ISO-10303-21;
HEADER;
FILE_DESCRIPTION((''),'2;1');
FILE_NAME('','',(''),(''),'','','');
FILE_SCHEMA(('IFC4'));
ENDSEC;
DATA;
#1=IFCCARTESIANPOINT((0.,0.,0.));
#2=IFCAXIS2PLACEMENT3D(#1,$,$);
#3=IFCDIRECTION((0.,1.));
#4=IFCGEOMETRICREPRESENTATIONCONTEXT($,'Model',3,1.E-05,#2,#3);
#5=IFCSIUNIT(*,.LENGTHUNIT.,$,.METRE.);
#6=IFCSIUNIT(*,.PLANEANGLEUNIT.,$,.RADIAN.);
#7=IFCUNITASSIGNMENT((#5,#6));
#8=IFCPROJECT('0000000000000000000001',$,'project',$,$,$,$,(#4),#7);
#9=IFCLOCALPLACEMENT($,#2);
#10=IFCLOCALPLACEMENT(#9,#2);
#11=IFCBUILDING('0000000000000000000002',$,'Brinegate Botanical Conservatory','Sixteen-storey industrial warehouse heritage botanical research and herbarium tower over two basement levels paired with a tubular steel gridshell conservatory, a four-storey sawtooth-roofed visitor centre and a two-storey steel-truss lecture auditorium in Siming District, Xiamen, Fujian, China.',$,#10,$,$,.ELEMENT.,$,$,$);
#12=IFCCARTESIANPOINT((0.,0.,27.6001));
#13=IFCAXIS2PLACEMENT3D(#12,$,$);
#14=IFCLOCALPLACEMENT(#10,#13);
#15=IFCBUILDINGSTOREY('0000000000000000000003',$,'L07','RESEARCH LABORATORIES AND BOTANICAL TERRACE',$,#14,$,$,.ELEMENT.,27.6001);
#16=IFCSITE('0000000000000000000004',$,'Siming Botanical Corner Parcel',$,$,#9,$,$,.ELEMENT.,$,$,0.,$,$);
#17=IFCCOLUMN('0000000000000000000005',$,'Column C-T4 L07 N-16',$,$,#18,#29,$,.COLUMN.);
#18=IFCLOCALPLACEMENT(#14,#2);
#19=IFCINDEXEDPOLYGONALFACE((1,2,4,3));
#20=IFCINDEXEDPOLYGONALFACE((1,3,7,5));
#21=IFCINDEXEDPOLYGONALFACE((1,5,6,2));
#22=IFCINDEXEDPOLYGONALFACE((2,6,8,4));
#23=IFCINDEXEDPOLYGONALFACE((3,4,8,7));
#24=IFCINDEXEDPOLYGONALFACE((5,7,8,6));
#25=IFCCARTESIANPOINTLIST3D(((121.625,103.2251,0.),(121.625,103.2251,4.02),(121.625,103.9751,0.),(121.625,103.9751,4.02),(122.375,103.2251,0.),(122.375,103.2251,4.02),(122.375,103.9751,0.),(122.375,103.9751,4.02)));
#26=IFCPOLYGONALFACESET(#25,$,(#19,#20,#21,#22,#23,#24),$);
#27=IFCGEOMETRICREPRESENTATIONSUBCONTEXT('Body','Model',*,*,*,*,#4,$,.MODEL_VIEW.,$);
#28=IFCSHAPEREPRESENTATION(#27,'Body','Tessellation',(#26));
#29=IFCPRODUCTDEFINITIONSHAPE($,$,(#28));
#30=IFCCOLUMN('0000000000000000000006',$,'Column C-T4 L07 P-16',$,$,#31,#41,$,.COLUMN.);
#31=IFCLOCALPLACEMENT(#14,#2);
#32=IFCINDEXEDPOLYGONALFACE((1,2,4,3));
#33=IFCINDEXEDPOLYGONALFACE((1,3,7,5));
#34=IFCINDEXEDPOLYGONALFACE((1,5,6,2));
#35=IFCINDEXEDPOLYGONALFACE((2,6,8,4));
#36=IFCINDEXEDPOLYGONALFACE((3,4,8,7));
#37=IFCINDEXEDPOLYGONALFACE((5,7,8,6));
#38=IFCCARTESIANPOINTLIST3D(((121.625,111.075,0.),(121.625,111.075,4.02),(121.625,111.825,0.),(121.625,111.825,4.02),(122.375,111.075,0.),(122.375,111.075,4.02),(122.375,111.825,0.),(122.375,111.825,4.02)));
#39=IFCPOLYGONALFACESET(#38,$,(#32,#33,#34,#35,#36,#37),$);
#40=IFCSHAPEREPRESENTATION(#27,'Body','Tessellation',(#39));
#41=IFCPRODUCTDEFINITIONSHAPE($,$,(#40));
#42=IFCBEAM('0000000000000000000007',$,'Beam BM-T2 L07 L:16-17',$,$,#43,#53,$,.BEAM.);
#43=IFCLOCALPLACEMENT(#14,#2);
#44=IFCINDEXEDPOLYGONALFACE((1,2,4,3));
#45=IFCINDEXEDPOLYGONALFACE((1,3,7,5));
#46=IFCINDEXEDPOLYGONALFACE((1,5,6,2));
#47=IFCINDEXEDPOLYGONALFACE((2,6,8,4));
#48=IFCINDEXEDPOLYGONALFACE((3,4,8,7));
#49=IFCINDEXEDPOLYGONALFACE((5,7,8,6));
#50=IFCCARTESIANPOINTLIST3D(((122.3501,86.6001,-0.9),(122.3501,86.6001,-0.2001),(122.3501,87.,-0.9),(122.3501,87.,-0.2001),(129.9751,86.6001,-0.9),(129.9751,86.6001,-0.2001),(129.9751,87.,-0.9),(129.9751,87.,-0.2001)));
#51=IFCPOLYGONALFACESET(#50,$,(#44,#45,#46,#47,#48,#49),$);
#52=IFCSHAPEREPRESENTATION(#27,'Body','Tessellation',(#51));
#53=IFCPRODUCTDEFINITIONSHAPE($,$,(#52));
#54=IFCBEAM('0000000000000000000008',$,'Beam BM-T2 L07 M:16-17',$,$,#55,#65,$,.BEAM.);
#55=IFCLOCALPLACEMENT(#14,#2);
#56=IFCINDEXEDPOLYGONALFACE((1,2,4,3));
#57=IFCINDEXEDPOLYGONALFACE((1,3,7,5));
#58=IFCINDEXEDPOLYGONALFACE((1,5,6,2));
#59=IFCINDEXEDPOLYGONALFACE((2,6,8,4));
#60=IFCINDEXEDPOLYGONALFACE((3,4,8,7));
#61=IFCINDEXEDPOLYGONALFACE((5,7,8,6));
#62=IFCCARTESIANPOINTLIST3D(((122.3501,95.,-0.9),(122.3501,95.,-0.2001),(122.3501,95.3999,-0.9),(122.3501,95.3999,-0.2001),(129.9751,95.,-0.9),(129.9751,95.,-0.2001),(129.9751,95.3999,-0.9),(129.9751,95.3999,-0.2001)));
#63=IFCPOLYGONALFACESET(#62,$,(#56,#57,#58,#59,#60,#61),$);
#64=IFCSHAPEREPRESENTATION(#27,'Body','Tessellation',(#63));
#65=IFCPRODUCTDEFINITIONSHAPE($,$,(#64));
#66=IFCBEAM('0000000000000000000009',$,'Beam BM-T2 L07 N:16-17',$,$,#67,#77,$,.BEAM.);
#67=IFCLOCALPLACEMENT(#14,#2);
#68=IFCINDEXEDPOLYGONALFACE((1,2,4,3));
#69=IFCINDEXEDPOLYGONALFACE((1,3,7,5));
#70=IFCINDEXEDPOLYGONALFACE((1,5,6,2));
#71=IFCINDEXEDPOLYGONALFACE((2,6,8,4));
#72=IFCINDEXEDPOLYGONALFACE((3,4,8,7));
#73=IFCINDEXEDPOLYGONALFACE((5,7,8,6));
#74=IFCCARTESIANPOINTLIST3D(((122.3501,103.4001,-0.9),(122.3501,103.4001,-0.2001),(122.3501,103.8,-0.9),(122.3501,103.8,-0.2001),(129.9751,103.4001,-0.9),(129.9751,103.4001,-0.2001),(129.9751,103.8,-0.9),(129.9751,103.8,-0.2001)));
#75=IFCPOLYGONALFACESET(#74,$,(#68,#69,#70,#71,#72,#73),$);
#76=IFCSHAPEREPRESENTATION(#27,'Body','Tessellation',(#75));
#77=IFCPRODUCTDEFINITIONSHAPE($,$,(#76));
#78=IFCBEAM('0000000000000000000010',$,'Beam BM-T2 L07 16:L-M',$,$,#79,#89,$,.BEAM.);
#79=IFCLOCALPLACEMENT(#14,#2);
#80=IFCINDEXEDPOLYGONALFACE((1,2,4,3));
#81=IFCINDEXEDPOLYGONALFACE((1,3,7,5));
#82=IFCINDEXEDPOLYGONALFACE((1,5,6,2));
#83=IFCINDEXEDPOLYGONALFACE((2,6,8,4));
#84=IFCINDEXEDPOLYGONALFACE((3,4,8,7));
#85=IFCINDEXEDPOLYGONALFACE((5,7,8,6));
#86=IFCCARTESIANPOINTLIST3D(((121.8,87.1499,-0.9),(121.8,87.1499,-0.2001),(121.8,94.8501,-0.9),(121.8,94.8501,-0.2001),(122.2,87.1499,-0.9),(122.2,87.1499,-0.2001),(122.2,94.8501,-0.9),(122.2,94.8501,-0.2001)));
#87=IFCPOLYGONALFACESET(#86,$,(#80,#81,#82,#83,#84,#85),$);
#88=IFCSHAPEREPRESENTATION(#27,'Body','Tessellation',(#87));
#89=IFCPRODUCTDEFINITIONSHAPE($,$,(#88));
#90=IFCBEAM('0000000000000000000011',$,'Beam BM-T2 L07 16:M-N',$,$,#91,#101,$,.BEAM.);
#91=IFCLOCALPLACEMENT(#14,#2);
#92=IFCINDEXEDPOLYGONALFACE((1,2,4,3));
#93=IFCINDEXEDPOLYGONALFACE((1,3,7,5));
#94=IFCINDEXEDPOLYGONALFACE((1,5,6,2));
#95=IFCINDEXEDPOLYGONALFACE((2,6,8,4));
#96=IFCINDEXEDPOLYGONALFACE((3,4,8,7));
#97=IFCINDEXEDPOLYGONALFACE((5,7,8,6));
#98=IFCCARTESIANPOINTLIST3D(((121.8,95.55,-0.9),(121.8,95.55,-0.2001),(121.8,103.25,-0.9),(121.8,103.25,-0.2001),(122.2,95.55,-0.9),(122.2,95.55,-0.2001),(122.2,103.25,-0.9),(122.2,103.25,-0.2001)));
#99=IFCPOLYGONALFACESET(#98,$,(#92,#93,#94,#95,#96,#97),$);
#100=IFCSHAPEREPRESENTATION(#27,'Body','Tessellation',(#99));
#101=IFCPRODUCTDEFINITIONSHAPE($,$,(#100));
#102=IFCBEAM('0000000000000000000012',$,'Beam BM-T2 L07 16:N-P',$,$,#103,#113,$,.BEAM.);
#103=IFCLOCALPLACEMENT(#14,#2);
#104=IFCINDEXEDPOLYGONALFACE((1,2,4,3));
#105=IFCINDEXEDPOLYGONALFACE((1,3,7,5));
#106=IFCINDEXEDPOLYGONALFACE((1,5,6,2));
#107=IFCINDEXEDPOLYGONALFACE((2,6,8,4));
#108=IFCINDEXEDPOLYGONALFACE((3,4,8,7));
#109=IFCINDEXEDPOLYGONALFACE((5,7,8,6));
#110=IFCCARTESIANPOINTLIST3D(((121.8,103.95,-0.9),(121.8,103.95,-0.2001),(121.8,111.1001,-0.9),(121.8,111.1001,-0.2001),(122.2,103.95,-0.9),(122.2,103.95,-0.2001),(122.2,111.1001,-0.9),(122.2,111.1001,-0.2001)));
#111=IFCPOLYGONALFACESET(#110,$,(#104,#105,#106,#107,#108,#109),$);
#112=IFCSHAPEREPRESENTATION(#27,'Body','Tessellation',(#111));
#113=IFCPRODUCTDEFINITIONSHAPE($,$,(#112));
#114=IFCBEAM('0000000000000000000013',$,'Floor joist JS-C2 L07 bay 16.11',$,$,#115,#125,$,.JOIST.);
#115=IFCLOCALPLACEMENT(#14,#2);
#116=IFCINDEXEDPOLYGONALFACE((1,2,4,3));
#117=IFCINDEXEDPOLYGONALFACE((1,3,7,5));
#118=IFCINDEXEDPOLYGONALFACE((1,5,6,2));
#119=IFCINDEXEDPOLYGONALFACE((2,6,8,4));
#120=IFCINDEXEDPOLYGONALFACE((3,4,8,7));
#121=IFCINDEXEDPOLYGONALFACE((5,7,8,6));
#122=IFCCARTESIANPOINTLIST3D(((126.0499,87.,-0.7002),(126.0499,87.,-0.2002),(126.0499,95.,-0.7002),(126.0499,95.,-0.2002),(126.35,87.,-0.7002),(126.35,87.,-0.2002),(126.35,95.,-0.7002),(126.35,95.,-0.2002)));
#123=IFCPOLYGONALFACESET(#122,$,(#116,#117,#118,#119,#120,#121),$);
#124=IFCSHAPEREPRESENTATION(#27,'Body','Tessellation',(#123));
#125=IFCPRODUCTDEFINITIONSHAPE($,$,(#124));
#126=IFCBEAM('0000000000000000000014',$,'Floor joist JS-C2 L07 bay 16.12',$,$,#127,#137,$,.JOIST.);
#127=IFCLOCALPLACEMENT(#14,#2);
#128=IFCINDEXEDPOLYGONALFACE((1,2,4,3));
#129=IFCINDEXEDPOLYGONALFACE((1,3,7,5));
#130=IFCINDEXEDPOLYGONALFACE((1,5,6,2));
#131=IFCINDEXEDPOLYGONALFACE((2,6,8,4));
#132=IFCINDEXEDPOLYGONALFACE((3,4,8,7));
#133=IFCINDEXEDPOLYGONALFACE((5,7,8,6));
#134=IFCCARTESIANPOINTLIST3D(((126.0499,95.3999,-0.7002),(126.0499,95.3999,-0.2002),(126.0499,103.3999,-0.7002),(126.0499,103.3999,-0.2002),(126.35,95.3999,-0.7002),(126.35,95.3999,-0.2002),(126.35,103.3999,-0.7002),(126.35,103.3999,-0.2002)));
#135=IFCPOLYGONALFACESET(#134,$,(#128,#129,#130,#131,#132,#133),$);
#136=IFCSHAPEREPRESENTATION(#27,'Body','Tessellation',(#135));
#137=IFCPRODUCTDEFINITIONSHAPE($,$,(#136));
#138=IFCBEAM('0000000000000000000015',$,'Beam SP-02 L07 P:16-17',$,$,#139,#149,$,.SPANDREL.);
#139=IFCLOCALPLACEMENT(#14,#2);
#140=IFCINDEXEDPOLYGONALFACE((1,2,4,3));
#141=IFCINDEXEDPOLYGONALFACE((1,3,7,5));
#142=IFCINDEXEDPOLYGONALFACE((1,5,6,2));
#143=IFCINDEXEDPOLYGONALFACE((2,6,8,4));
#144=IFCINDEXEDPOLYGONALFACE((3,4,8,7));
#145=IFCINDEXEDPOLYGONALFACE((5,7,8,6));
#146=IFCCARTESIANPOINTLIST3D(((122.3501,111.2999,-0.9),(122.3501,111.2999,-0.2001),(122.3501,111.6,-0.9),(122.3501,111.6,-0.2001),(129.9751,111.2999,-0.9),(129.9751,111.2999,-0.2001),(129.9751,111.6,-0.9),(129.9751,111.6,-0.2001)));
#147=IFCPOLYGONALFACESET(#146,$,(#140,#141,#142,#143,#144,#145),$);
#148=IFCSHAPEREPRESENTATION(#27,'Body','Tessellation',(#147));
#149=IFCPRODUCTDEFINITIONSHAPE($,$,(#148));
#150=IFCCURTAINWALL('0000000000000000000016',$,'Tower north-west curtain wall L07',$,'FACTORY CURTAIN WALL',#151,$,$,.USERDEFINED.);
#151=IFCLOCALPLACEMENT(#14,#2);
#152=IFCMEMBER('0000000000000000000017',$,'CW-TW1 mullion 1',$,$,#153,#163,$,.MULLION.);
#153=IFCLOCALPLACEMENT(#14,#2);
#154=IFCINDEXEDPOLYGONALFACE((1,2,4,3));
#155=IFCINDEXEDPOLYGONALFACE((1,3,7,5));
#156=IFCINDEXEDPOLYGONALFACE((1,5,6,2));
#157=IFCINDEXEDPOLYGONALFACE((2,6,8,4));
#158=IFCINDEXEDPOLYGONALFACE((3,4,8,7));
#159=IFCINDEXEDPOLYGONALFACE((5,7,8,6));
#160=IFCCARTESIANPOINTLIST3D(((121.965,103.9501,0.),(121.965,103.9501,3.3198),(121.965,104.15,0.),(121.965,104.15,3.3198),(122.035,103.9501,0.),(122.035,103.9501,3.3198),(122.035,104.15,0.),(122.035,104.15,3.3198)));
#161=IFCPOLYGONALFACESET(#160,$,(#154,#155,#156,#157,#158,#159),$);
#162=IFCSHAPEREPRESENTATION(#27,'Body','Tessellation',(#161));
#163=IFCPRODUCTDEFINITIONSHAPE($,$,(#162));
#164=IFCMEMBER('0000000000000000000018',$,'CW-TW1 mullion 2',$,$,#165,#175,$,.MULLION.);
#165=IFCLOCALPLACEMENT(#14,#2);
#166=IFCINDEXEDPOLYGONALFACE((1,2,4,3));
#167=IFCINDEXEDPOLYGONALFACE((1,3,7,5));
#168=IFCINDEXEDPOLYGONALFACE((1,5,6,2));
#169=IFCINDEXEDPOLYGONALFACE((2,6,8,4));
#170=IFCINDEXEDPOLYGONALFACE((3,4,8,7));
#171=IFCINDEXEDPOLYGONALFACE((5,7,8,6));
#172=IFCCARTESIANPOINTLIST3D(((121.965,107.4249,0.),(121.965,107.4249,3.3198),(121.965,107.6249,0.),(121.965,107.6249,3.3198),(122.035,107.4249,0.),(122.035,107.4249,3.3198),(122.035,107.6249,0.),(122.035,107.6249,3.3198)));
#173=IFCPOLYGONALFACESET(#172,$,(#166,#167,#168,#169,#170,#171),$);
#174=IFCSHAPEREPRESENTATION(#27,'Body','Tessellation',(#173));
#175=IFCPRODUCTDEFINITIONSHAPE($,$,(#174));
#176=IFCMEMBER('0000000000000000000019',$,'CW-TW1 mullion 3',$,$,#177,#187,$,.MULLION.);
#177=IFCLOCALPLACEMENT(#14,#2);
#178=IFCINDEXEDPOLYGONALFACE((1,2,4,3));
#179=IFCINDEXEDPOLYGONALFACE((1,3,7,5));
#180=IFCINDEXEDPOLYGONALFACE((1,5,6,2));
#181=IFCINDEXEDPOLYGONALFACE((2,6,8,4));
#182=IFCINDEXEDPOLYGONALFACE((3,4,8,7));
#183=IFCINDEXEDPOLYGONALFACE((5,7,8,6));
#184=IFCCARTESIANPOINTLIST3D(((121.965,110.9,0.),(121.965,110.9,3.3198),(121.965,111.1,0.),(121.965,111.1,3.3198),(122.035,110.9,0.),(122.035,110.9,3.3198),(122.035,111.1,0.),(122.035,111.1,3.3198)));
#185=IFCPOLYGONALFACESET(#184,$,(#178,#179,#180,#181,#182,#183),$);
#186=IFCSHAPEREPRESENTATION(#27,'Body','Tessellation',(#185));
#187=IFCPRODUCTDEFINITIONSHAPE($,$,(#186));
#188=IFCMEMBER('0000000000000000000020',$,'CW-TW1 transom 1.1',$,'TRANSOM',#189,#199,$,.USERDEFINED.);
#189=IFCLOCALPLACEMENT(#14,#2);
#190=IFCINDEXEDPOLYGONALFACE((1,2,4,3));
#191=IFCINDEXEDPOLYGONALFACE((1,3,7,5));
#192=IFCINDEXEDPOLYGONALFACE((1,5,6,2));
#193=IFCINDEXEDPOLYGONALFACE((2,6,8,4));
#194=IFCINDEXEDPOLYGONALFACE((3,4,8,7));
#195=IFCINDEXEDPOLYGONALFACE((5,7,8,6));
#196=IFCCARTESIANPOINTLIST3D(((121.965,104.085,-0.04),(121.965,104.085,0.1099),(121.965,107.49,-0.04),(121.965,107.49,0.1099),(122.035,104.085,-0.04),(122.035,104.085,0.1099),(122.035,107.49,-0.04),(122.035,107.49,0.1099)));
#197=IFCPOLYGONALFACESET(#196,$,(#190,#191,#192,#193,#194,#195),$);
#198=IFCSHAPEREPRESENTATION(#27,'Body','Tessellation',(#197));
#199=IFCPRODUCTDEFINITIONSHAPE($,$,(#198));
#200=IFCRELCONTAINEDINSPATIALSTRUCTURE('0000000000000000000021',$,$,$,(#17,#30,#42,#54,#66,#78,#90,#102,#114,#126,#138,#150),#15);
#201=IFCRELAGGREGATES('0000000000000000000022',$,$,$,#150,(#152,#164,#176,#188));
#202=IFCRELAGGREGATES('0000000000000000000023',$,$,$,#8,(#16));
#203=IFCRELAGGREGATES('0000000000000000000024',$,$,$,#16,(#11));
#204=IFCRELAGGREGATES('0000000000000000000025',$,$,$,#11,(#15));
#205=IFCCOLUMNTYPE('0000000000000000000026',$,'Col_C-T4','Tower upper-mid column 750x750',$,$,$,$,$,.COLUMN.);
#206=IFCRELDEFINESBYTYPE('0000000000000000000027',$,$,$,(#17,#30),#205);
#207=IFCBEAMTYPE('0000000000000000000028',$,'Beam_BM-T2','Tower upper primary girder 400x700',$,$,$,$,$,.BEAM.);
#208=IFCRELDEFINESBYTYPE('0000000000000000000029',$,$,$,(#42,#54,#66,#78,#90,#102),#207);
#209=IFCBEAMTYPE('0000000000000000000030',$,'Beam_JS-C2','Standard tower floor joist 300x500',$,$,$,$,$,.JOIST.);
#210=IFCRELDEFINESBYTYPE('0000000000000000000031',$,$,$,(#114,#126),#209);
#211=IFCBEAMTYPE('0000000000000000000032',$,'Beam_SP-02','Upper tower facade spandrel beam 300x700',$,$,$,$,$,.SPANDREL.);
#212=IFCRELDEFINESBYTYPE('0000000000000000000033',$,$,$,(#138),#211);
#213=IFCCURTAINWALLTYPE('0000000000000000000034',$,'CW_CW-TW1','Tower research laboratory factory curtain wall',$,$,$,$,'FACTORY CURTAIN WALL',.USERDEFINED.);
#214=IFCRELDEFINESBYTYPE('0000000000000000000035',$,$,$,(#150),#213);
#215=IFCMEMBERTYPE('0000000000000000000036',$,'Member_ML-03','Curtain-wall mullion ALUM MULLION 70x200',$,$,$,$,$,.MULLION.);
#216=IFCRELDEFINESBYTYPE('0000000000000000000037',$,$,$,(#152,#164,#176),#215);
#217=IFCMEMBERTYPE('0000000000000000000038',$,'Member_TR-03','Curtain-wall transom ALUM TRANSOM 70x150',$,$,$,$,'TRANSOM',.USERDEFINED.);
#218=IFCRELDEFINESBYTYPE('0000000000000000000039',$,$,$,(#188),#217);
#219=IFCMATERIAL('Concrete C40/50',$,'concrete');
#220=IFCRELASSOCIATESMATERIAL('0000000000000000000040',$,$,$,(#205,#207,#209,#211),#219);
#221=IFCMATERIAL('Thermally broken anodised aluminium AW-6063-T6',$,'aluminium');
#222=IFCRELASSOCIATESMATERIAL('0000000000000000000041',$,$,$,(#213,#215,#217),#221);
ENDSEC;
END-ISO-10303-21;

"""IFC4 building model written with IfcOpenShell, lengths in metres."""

from ifc_helpers import new_model, si_unit, direction, frame, origin, origin_2d, place, context, subcontext, project, spatial, rectangle, extrude, material, material_profile, profile_set, type_object, element, aggregate, save


model = new_model("IFC4")

# Units and contexts
model_context = context("Model", 3, precision=1e-05, world=origin(), true_north=direction((0.0, 1.0)))
body_context = subcontext(model_context, "Body", "Model", "MODEL_VIEW")
ifc_project = project(units=[si_unit("LENGTHUNIT", "METRE"), si_unit("PLANEANGLEUNIT", "RADIAN")], contexts=[model_context])

# Site, building, storey
site_placement = place(None, origin())
site = spatial("IfcSite", under=ifc_project, at=site_placement, Name="Siming Botanical Corner Parcel", CompositionType="ELEMENT", RefElevation=0.0)
building_placement = place(site_placement, origin())
building = spatial("IfcBuilding", under=site, at=building_placement, Name="Brinegate Botanical Conservatory", Description="Sixteen-storey industrial warehouse heritage botanical research and herbarium tower over two basement levels paired with a tubular steel gridshell conservatory, a four-storey sawtooth-roofed visitor centre and a two-storey steel-truss lecture auditorium in Siming District, Xiamen, Fujian, China.", CompositionType="ELEMENT")
storey_placement = place(building_placement, frame((0.0, 0.0, 27.6001)))
storey = spatial("IfcBuildingStorey", under=building, at=storey_placement, Name="L07", Description="RESEARCH LABORATORIES AND BOTANICAL TERRACE", CompositionType="ELEMENT", Elevation=27.6001)

# Columns
ifc_material_1 = material(Name="Concrete C40/50", Category="concrete")
ifc_material_profile_1 = material_profile(ifc_material_1, rectangle(XDim=0.75, YDim=0.75, at=origin_2d()), Name="RC COL 750x750")
ifc_profile_set_1 = profile_set([ifc_material_profile_1], Name="Concrete C40/50")
column_type = type_object("IfcColumnType", Name="Col_C-T4", Description="Tower upper-mid column 750x750", PredefinedType="COLUMN", material=ifc_profile_set_1)
for number, where, z_axis, x_axis, name in (
    (1, (122.0, 103.6001, 0.0), (0.0, 0.0, 1.0), (1.0, 0.0, 0.0), "Column C-T4 L07 N-16"),
    (2, (122.0, 111.45, 0.0), (0.0, 0.0, 1.0), (1.0, 0.0, 0.0), "Column C-T4 L07 P-16"),
):
    element("IfcColumn", number, at=place(storey_placement, frame(where, z_axis=z_axis, x_axis=x_axis)), inside=storey, type_object=column_type, Name=name, PredefinedType="COLUMN", context=body_context, shape_type="SweptSolid", body=[
        extrude(rectangle(XDim=0.75, YDim=0.75, at=origin_2d()), origin(), (0.0, 0.0, 1.0), 4.02),
    ])

# Beams
ifc_material_profile_2 = material_profile(ifc_material_1, rectangle(XDim=0.3999, YDim=0.7, at=origin_2d()), Name="RC BM 400x700")
ifc_profile_set_2 = profile_set([ifc_material_profile_2], Name="Concrete C40/50")
beam_type_1 = type_object("IfcBeamType", Name="Beam_BM-T2", Description="Tower upper primary girder 400x700", PredefinedType="BEAM", material=ifc_profile_set_2)
for number, where, z_axis, x_axis, name in (
    (3, (122.3501, 86.8, -0.55), (1.0, 0.0, 0.0), (0.0, 1.0, 0.0), "Beam BM-T2 L07 L:16-17"),
    (4, (122.3501, 95.2, -0.55), (1.0, 0.0, 0.0), (0.0, 1.0, 0.0), "Beam BM-T2 L07 M:16-17"),
    (5, (122.3501, 103.6001, -0.55), (1.0, 0.0, 0.0), (0.0, 1.0, 0.0), "Beam BM-T2 L07 N:16-17"),
):
    element("IfcBeam", number, at=place(storey_placement, frame(where, z_axis=z_axis, x_axis=x_axis)), inside=storey, type_object=beam_type_1, Name=name, PredefinedType="BEAM", context=body_context, shape_type="SweptSolid", body=[
        extrude(rectangle(XDim=0.3999, YDim=0.7, at=origin_2d()), origin(), (0.0, 0.0, 1.0), 7.625),
    ])
beam_1_placement = place(storey_placement, frame((122.0, 87.1499, -0.55), z_axis=(0.0, 1.0, 0.0), x_axis=(-1.0, 0.0, 0.0)))
element("IfcBeam", 6, at=beam_1_placement, inside=storey, type_object=beam_type_1, Name="Beam BM-T2 L07 16:L-M", PredefinedType="BEAM", context=body_context, shape_type="SweptSolid", body=[
    extrude(rectangle(XDim=0.3999, YDim=0.7, at=origin_2d()), origin(), (0.0, 0.0, 1.0), 7.7002),
])
beam_2_placement = place(storey_placement, frame((122.0, 95.55, -0.55), z_axis=(0.0, 1.0, 0.0), x_axis=(-1.0, 0.0, 0.0)))
element("IfcBeam", 7, at=beam_2_placement, inside=storey, type_object=beam_type_1, Name="Beam BM-T2 L07 16:M-N", PredefinedType="BEAM", context=body_context, shape_type="SweptSolid", body=[
    extrude(rectangle(XDim=0.3999, YDim=0.7, at=origin_2d()), origin(), (0.0, 0.0, 1.0), 7.7),
])
beam_3_placement = place(storey_placement, frame((122.0, 103.95, -0.55), z_axis=(0.0, 1.0, 0.0), x_axis=(-1.0, 0.0, 0.0)))
element("IfcBeam", 8, at=beam_3_placement, inside=storey, type_object=beam_type_1, Name="Beam BM-T2 L07 16:N-P", PredefinedType="BEAM", context=body_context, shape_type="SweptSolid", body=[
    extrude(rectangle(XDim=0.3999, YDim=0.7, at=origin_2d()), origin(), (0.0, 0.0, 1.0), 7.1501),
])
ifc_material_profile_3 = material_profile(ifc_material_1, rectangle(XDim=0.3, YDim=0.5, at=origin_2d()), Name="RC JST 300x500")
ifc_profile_set_3 = profile_set([ifc_material_profile_3], Name="Concrete C40/50")
beam_type_2 = type_object("IfcBeamType", Name="Beam_JS-C2", Description="Standard tower floor joist 300x500", PredefinedType="JOIST", material=ifc_profile_set_3)
for number, where, z_axis, x_axis, name in (
    (9, (126.2, 87.0, -0.4502), (0.0, 1.0, 0.0), (-1.0, 0.0, 0.0), "Floor joist JS-C2 L07 bay 16.11"),
    (10, (126.2, 95.3999, -0.4502), (0.0, 1.0, 0.0), (-1.0, 0.0, 0.0), "Floor joist JS-C2 L07 bay 16.12"),
):
    element("IfcBeam", number, at=place(storey_placement, frame(where, z_axis=z_axis, x_axis=x_axis)), inside=storey, type_object=beam_type_2, Name=name, PredefinedType="JOIST", context=body_context, shape_type="SweptSolid", body=[
        extrude(rectangle(XDim=0.3, YDim=0.5, at=origin_2d()), origin(), (0.0, 0.0, 1.0), 8.0),
    ])
ifc_material_profile_4 = material_profile(ifc_material_1, rectangle(XDim=0.3, YDim=0.7, at=origin_2d()), Name="RC SPN 300x700")
ifc_profile_set_4 = profile_set([ifc_material_profile_4], Name="Concrete C40/50")
beam_type_3 = type_object("IfcBeamType", Name="Beam_SP-02", Description="Upper tower facade spandrel beam 300x700", PredefinedType="SPANDREL", material=ifc_profile_set_4)
beam_4_placement = place(storey_placement, frame((122.3501, 111.45, -0.55), z_axis=(1.0, 0.0, 0.0), x_axis=(0.0, 1.0, 0.0)))
element("IfcBeam", 11, at=beam_4_placement, inside=storey, type_object=beam_type_3, Name="Beam SP-02 L07 P:16-17", PredefinedType="SPANDREL", context=body_context, shape_type="SweptSolid", body=[
    extrude(rectangle(XDim=0.3, YDim=0.7, at=origin_2d()), origin(), (0.0, 0.0, 1.0), 7.625),
])

# Curtain wall, members
ifc_material_2 = material(Name="Thermally broken anodised aluminium AW-6063-T6", Category="aluminium")
curtain_wall_type = type_object("IfcCurtainWallType", Name="CW_CW-TW1", Description="Tower research laboratory factory curtain wall", ElementType="FACTORY CURTAIN WALL", PredefinedType="USERDEFINED", material=ifc_material_2)
curtain_wall_placement = place(storey_placement, origin())
curtain_wall = element("IfcCurtainWall", 12, at=curtain_wall_placement, inside=storey, type_object=curtain_wall_type, Name="Tower north-west curtain wall L07", ObjectType="FACTORY CURTAIN WALL", PredefinedType="USERDEFINED")
ifc_material_profile_5 = material_profile(ifc_material_2, rectangle(XDim=0.0701, YDim=0.2, at=origin_2d()), Name="ALUM MULLION 70x200")
ifc_profile_set_5 = profile_set([ifc_material_profile_5], Name="Thermally broken anodised aluminium AW-6063-T6")
member_type_1 = type_object("IfcMemberType", Name="Member_ML-03", Description="Curtain-wall mullion ALUM MULLION 70x200", PredefinedType="MULLION", material=ifc_profile_set_5)
member_1_placement = place(storey_placement, frame((122.0, 104.05, 0.0), z_axis=(0.0, 0.0, 1.0), x_axis=(-1.0, 0.0, 0.0)))
member_1 = element("IfcMember", 13, at=member_1_placement, type_object=member_type_1, Name="CW-TW1 mullion 1", PredefinedType="MULLION", context=body_context, shape_type="SweptSolid", body=[
    extrude(rectangle(XDim=0.0701, YDim=0.2, at=origin_2d()), origin(), (0.0, 0.0, 1.0), 3.3198),
])
member_2_placement = place(storey_placement, frame((122.0, 107.5249, 0.0), z_axis=(0.0, 0.0, 1.0), x_axis=(-1.0, 0.0, 0.0)))
member_2 = element("IfcMember", 14, at=member_2_placement, type_object=member_type_1, Name="CW-TW1 mullion 2", PredefinedType="MULLION", context=body_context, shape_type="SweptSolid", body=[
    extrude(rectangle(XDim=0.0701, YDim=0.2, at=origin_2d()), origin(), (0.0, 0.0, 1.0), 3.3198),
])
member_3_placement = place(storey_placement, frame((122.0, 111.0, 0.0), z_axis=(0.0, 0.0, 1.0), x_axis=(-1.0, 0.0, 0.0)))
member_3 = element("IfcMember", 15, at=member_3_placement, type_object=member_type_1, Name="CW-TW1 mullion 3", PredefinedType="MULLION", context=body_context, shape_type="SweptSolid", body=[
    extrude(rectangle(XDim=0.0701, YDim=0.2, at=origin_2d()), origin(), (0.0, 0.0, 1.0), 3.3198),
])
ifc_material_profile_6 = material_profile(ifc_material_2, rectangle(XDim=0.0701, YDim=0.1499, at=origin_2d()), Name="ALUM TRANSOM 70x150")
ifc_profile_set_6 = profile_set([ifc_material_profile_6], Name="Thermally broken anodised aluminium AW-6063-T6")
member_type_2 = type_object("IfcMemberType", Name="Member_TR-03", Description="Curtain-wall transom ALUM TRANSOM 70x150", ElementType="TRANSOM", PredefinedType="USERDEFINED", material=ifc_profile_set_6)
member_4_placement = place(storey_placement, frame((122.0, 104.085, 0.0349), z_axis=(0.0, 1.0, 0.0), x_axis=(-1.0, 0.0, 0.0)))
member_4 = element("IfcMember", 16, at=member_4_placement, type_object=member_type_2, Name="CW-TW1 transom 1.1", ObjectType="TRANSOM", PredefinedType="USERDEFINED", context=body_context, shape_type="SweptSolid", body=[
    extrude(rectangle(XDim=0.0701, YDim=0.1499, at=origin_2d()), origin(), (0.0, 0.0, 1.0), 3.405),
])
aggregate(curtain_wall, [member_1, member_2, member_3, member_4])

save(model, "model.ifc")
